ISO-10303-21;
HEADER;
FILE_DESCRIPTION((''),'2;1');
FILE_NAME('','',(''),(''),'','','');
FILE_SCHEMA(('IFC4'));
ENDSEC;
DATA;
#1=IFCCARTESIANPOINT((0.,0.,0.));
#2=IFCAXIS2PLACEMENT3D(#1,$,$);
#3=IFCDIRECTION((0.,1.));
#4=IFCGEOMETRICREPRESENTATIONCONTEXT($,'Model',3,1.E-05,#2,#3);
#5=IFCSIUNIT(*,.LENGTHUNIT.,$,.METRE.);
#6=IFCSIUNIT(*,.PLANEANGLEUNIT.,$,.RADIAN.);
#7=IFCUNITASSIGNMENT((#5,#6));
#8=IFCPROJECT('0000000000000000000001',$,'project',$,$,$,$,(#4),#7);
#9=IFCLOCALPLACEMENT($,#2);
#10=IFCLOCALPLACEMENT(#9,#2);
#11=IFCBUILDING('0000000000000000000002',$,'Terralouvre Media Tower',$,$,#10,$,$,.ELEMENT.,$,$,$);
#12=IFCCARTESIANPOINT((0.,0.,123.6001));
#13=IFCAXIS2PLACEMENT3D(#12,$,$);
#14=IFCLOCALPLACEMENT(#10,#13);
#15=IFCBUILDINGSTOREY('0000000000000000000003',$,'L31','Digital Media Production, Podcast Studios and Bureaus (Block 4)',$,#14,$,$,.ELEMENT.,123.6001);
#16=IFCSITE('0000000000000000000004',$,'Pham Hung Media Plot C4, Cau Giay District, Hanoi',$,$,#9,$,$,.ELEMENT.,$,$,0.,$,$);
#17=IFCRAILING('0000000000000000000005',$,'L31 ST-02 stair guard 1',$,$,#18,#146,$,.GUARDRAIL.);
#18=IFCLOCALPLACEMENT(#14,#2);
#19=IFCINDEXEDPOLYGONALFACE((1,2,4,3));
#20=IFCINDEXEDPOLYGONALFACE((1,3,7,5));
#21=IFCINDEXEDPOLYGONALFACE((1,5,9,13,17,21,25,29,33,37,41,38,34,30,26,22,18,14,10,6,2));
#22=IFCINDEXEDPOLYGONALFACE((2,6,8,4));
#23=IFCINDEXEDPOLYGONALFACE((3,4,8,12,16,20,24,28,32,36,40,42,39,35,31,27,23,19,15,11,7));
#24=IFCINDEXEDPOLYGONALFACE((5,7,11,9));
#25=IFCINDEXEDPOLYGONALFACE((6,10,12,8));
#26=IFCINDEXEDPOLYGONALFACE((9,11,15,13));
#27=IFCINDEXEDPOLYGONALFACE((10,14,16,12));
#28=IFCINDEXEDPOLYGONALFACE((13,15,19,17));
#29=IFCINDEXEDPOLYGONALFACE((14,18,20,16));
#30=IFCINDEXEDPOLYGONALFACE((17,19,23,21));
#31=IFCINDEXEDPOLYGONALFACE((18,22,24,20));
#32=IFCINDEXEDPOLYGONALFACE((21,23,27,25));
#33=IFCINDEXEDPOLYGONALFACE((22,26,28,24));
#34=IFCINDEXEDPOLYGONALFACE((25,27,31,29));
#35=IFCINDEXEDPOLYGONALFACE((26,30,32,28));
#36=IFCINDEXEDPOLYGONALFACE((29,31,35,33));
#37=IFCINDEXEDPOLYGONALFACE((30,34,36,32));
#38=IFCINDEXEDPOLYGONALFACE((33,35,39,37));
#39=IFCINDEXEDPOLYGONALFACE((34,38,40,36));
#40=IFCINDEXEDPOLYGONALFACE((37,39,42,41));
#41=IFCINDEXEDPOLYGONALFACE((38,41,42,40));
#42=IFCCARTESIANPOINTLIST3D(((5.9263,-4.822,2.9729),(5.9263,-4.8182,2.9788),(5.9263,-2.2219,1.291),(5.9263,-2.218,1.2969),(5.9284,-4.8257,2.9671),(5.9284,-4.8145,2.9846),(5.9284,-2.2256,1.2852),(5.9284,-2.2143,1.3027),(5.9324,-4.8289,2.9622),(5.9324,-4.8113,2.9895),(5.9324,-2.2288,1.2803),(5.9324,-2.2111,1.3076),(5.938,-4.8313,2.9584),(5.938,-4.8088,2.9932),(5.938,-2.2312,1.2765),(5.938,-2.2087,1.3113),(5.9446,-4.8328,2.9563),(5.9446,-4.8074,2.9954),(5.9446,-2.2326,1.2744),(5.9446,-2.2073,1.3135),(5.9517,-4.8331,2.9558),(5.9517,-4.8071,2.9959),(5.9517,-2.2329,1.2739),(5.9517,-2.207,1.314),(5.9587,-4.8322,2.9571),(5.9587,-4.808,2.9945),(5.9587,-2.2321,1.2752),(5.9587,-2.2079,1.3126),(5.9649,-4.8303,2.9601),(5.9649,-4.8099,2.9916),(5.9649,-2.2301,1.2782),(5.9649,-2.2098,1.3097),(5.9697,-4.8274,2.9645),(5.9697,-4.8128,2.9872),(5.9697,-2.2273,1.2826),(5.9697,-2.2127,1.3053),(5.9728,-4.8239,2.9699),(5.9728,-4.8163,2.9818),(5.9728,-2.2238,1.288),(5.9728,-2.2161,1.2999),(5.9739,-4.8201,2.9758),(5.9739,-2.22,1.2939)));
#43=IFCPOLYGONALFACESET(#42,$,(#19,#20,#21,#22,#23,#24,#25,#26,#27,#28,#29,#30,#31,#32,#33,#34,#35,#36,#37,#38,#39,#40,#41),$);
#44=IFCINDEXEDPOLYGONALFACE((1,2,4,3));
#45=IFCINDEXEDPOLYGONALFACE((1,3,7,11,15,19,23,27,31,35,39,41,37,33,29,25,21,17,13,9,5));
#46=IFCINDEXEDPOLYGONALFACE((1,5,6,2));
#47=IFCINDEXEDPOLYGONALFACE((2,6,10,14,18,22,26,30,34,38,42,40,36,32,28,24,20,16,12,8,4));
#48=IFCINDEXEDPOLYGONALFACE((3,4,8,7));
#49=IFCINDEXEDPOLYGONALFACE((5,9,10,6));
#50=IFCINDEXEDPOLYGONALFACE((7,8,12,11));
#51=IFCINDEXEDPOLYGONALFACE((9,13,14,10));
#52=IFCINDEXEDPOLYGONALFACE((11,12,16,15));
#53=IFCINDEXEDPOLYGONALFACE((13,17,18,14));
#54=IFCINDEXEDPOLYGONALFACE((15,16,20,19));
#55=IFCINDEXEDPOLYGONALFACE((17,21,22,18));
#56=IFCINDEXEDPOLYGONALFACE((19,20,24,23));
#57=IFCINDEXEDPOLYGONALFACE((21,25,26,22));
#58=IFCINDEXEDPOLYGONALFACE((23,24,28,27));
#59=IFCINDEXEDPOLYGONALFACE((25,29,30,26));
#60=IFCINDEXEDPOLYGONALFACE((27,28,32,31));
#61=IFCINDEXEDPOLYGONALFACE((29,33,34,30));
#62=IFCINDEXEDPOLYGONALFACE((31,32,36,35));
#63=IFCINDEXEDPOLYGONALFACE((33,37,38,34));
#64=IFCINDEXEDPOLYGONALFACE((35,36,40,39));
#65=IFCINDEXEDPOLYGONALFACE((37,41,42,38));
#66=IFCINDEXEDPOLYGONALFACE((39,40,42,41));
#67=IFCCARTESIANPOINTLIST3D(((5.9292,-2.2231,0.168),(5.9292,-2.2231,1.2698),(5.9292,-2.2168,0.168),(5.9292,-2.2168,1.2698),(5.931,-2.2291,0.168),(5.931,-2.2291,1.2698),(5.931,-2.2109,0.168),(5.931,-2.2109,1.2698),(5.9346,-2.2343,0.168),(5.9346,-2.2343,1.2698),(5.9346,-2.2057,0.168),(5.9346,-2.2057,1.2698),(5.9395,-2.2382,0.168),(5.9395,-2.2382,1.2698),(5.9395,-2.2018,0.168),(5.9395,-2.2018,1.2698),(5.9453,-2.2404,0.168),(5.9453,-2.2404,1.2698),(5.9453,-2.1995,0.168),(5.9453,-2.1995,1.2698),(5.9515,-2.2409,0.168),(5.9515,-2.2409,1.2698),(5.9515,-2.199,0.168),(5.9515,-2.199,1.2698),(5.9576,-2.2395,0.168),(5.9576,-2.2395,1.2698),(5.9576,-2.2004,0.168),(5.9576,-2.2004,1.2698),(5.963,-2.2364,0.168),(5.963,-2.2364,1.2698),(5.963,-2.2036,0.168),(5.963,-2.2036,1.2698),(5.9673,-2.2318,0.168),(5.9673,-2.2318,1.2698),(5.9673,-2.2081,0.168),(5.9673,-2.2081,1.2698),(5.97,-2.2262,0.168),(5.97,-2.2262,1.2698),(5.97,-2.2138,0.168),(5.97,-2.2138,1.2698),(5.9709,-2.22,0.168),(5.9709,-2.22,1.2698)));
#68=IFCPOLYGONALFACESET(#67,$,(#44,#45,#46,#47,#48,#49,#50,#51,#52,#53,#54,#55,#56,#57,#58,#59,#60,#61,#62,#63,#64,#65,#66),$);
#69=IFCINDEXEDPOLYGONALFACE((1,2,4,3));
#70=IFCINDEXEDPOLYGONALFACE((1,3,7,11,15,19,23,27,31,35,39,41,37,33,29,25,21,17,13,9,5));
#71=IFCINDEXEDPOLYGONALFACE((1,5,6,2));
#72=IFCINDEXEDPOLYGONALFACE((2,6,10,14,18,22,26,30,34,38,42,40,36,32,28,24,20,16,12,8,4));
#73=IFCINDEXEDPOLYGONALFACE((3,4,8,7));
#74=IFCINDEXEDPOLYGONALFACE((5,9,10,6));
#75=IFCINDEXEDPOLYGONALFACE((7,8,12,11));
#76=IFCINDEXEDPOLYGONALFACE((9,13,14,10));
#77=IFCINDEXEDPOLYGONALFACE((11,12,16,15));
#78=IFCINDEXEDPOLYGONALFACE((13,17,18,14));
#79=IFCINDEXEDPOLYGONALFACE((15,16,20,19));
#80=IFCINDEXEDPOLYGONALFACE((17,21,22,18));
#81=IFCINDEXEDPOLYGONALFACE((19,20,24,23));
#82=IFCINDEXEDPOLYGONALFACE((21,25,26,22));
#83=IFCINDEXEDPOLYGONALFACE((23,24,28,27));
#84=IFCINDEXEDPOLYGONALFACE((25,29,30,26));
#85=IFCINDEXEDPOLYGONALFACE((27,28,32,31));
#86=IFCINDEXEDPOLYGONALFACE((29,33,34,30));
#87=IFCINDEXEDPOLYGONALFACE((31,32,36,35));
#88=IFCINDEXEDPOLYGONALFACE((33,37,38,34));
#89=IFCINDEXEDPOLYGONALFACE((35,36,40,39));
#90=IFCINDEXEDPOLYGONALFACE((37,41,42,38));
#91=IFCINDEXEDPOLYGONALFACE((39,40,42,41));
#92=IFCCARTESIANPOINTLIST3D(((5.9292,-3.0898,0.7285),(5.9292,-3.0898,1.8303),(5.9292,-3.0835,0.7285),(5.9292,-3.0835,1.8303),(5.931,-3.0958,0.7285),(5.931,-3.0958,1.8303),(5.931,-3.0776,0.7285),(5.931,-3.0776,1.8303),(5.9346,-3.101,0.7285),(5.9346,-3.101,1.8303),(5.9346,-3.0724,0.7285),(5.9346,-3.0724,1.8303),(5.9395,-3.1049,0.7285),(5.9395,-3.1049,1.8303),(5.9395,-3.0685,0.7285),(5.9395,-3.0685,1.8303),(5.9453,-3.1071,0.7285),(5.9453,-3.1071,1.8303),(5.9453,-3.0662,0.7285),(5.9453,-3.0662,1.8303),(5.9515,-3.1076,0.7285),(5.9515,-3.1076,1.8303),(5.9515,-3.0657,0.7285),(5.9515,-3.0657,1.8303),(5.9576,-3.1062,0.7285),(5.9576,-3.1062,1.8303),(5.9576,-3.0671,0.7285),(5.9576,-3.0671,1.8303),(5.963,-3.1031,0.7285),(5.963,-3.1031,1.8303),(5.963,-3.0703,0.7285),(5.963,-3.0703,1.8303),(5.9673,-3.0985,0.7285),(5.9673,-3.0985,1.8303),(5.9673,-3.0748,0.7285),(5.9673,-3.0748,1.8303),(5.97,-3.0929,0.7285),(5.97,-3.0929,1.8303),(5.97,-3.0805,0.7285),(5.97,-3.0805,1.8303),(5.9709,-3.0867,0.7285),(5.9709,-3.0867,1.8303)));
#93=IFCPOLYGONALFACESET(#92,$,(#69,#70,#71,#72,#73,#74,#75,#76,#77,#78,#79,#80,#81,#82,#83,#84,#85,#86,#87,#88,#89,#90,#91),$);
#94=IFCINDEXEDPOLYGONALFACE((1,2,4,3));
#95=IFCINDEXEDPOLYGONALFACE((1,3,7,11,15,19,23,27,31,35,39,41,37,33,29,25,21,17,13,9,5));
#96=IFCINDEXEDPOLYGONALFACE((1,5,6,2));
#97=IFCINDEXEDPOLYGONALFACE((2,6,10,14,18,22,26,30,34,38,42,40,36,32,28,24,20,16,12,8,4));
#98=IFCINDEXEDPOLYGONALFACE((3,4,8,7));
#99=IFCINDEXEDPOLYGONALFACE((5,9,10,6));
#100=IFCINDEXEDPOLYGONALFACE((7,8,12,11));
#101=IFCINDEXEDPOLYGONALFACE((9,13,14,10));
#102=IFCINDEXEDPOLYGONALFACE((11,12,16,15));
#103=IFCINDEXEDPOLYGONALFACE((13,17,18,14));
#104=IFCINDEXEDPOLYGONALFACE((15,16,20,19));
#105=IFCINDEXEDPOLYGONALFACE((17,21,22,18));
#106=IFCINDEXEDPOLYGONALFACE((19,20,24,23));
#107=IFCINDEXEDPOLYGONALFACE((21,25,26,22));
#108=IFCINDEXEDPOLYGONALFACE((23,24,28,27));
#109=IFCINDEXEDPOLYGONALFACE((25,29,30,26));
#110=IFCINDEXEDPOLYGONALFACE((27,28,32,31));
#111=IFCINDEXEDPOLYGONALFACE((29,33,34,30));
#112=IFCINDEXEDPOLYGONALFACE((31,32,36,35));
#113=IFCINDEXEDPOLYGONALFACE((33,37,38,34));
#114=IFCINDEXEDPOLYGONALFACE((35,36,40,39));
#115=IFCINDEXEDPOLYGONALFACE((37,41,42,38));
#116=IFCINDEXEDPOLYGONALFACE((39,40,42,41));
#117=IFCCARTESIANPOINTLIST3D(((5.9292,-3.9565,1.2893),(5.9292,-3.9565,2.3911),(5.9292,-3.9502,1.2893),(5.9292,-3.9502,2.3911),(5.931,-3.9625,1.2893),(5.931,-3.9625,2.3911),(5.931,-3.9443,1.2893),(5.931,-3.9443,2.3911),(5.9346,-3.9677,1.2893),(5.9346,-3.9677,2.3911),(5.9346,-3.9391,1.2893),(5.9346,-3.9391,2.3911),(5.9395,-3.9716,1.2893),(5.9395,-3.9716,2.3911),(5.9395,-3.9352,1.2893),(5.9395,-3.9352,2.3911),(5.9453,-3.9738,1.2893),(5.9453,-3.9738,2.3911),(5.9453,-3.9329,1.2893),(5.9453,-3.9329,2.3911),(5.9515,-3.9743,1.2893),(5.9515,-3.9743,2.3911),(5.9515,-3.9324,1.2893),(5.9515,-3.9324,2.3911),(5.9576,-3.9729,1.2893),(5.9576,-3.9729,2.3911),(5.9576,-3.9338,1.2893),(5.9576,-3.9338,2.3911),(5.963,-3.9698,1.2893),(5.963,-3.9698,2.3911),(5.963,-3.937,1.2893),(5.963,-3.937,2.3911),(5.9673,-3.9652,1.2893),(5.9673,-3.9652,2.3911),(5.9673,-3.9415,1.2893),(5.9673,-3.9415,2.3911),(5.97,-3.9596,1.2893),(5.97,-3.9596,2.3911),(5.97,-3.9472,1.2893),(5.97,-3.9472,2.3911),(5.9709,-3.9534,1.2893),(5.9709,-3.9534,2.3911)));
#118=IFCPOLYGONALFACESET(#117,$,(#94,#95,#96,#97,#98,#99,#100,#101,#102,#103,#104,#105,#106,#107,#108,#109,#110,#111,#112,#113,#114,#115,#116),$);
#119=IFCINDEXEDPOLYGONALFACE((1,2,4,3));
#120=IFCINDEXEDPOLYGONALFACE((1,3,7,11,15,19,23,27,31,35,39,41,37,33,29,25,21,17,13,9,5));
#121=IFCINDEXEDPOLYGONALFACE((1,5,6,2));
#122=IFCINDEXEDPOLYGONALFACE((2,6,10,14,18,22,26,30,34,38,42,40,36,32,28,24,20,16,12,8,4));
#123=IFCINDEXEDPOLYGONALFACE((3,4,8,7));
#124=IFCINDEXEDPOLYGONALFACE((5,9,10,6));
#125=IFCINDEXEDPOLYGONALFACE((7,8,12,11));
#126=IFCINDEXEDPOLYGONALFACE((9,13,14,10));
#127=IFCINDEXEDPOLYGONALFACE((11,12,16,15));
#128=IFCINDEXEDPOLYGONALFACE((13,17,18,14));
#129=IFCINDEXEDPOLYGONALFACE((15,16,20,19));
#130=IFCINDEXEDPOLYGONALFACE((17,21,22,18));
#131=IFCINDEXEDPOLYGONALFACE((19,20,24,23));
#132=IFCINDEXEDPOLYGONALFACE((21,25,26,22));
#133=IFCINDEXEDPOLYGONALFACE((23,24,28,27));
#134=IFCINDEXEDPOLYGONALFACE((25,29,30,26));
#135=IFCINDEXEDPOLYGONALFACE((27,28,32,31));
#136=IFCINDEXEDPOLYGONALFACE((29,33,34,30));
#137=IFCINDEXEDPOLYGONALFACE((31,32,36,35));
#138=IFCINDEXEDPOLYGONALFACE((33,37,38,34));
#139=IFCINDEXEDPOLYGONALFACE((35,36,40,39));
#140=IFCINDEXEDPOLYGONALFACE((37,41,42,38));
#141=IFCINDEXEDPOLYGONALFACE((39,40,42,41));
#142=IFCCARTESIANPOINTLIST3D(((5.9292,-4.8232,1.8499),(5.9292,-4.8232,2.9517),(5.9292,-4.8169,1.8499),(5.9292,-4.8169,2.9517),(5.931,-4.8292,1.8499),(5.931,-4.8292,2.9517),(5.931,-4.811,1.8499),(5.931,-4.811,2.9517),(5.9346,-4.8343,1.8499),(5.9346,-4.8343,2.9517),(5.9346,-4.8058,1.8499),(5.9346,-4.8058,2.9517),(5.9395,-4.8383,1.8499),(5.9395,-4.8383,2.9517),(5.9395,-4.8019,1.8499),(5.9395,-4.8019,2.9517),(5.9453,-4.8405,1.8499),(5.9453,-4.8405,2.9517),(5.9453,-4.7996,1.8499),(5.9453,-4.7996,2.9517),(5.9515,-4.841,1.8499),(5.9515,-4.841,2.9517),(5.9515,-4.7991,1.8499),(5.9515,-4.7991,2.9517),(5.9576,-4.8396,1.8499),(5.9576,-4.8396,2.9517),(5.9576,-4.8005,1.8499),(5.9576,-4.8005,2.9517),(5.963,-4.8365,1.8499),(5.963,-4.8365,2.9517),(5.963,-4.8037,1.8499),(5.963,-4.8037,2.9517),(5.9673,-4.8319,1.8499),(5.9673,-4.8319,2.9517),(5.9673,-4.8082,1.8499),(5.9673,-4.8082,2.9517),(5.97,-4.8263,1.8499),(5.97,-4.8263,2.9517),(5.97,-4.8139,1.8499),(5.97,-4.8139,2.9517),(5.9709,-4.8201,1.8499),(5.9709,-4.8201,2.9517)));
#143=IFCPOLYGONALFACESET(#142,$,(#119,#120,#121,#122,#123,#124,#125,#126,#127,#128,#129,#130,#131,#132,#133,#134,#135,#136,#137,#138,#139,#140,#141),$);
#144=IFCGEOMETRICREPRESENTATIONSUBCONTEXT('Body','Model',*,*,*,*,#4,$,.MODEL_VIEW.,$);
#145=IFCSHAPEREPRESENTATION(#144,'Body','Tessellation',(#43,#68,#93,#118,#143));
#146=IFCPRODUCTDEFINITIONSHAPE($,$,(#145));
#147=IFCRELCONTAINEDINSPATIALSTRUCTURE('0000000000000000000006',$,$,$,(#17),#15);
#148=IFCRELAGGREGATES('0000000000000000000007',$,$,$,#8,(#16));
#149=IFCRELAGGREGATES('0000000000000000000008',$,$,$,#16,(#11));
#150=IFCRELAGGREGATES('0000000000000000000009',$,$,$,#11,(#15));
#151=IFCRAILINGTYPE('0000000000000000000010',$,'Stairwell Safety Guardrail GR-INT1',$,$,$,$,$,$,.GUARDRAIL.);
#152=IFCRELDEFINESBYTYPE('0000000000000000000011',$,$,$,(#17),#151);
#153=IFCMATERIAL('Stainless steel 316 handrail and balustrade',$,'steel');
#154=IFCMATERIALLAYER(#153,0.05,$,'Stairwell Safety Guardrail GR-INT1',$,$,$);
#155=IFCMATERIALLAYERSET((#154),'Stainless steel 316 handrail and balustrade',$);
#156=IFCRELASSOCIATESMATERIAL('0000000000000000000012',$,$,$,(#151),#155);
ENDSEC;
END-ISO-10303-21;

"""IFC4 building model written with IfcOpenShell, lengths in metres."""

from ifc_helpers import new_model, si_unit, direction, frame, origin, origin_2d, place, context, subcontext, project, spatial, circle, extrude, material, layer, layer_set, type_object, element, save


model = new_model("IFC4")

# Units and contexts
model_context = context("Model", 3, precision=1e-05, world=origin(), true_north=direction((0.0, 1.0)))
body_context = subcontext(model_context, "Body", "Model", "MODEL_VIEW")
ifc_project = project(units=[si_unit("LENGTHUNIT", "METRE"), si_unit("PLANEANGLEUNIT", "RADIAN")], contexts=[model_context])

# Site, building, storey
site_placement = place(None, origin())
site = spatial("IfcSite", under=ifc_project, at=site_placement, Name="Pham Hung Media Plot C4, Cau Giay District, Hanoi", CompositionType="ELEMENT", RefElevation=0.0)
building_placement = place(site_placement, origin())
building = spatial("IfcBuilding", under=site, at=building_placement, Name="Terralouvre Media Tower", CompositionType="ELEMENT")
storey_placement = place(building_placement, frame((0.0, 0.0, 123.6001)))
storey = spatial("IfcBuildingStorey", under=building, at=storey_placement, Name="L31", Description="Digital Media Production, Podcast Studios and Bureaus (Block 4)", CompositionType="ELEMENT", Elevation=123.6001)

# Railing
ifc_material_1 = material(Name="Stainless steel 316 handrail and balustrade", Category="steel")
ifc_layer_1 = layer(ifc_material_1, 0.05, Name="Stairwell Safety Guardrail GR-INT1")
ifc_layer_set_1 = layer_set([ifc_layer_1], Name="Stainless steel 316 handrail and balustrade")
railing_type_1 = type_object("IfcRailingType", Name="Stairwell Safety Guardrail GR-INT1", PredefinedType="GUARDRAIL", material=ifc_layer_set_1)
railing_1_placement = place(storey_placement, frame((5.95, -2.22, 0.168)))
element("IfcRailing", 1, at=railing_1_placement, inside=storey, type_object=railing_type_1, Name="L31 ST-02 stair guard 1", PredefinedType="GUARDRAIL", context=body_context, shape_type="SweptSolid", body=[
    extrude(circle(Radius=0.0239, at=origin_2d()), frame((0.0, 0.0, 1.126), z_axis=(0.0, -0.839648, 0.54313), x_axis=(1.0, 0.0, 0.0)), (0.0, 0.0, 1.0), 3.0967),
    extrude(circle(Radius=0.021, at=origin_2d()), origin(), (0.0, 0.0, 1.0), 1.1018),
    extrude(circle(Radius=0.021, at=origin_2d()), frame((0.0, -0.8667, 0.5605)), (0.0, 0.0, 1.0), 1.1018),
    extrude(circle(Radius=0.021, at=origin_2d()), frame((0.0, -1.7334, 1.1213)), (0.0, 0.0, 1.0), 1.1018),
    extrude(circle(Radius=0.021, at=origin_2d()), frame((0.0, -2.6001, 1.6819)), (0.0, 0.0, 1.0), 1.1018),
])

save(model, "model.ifc")
